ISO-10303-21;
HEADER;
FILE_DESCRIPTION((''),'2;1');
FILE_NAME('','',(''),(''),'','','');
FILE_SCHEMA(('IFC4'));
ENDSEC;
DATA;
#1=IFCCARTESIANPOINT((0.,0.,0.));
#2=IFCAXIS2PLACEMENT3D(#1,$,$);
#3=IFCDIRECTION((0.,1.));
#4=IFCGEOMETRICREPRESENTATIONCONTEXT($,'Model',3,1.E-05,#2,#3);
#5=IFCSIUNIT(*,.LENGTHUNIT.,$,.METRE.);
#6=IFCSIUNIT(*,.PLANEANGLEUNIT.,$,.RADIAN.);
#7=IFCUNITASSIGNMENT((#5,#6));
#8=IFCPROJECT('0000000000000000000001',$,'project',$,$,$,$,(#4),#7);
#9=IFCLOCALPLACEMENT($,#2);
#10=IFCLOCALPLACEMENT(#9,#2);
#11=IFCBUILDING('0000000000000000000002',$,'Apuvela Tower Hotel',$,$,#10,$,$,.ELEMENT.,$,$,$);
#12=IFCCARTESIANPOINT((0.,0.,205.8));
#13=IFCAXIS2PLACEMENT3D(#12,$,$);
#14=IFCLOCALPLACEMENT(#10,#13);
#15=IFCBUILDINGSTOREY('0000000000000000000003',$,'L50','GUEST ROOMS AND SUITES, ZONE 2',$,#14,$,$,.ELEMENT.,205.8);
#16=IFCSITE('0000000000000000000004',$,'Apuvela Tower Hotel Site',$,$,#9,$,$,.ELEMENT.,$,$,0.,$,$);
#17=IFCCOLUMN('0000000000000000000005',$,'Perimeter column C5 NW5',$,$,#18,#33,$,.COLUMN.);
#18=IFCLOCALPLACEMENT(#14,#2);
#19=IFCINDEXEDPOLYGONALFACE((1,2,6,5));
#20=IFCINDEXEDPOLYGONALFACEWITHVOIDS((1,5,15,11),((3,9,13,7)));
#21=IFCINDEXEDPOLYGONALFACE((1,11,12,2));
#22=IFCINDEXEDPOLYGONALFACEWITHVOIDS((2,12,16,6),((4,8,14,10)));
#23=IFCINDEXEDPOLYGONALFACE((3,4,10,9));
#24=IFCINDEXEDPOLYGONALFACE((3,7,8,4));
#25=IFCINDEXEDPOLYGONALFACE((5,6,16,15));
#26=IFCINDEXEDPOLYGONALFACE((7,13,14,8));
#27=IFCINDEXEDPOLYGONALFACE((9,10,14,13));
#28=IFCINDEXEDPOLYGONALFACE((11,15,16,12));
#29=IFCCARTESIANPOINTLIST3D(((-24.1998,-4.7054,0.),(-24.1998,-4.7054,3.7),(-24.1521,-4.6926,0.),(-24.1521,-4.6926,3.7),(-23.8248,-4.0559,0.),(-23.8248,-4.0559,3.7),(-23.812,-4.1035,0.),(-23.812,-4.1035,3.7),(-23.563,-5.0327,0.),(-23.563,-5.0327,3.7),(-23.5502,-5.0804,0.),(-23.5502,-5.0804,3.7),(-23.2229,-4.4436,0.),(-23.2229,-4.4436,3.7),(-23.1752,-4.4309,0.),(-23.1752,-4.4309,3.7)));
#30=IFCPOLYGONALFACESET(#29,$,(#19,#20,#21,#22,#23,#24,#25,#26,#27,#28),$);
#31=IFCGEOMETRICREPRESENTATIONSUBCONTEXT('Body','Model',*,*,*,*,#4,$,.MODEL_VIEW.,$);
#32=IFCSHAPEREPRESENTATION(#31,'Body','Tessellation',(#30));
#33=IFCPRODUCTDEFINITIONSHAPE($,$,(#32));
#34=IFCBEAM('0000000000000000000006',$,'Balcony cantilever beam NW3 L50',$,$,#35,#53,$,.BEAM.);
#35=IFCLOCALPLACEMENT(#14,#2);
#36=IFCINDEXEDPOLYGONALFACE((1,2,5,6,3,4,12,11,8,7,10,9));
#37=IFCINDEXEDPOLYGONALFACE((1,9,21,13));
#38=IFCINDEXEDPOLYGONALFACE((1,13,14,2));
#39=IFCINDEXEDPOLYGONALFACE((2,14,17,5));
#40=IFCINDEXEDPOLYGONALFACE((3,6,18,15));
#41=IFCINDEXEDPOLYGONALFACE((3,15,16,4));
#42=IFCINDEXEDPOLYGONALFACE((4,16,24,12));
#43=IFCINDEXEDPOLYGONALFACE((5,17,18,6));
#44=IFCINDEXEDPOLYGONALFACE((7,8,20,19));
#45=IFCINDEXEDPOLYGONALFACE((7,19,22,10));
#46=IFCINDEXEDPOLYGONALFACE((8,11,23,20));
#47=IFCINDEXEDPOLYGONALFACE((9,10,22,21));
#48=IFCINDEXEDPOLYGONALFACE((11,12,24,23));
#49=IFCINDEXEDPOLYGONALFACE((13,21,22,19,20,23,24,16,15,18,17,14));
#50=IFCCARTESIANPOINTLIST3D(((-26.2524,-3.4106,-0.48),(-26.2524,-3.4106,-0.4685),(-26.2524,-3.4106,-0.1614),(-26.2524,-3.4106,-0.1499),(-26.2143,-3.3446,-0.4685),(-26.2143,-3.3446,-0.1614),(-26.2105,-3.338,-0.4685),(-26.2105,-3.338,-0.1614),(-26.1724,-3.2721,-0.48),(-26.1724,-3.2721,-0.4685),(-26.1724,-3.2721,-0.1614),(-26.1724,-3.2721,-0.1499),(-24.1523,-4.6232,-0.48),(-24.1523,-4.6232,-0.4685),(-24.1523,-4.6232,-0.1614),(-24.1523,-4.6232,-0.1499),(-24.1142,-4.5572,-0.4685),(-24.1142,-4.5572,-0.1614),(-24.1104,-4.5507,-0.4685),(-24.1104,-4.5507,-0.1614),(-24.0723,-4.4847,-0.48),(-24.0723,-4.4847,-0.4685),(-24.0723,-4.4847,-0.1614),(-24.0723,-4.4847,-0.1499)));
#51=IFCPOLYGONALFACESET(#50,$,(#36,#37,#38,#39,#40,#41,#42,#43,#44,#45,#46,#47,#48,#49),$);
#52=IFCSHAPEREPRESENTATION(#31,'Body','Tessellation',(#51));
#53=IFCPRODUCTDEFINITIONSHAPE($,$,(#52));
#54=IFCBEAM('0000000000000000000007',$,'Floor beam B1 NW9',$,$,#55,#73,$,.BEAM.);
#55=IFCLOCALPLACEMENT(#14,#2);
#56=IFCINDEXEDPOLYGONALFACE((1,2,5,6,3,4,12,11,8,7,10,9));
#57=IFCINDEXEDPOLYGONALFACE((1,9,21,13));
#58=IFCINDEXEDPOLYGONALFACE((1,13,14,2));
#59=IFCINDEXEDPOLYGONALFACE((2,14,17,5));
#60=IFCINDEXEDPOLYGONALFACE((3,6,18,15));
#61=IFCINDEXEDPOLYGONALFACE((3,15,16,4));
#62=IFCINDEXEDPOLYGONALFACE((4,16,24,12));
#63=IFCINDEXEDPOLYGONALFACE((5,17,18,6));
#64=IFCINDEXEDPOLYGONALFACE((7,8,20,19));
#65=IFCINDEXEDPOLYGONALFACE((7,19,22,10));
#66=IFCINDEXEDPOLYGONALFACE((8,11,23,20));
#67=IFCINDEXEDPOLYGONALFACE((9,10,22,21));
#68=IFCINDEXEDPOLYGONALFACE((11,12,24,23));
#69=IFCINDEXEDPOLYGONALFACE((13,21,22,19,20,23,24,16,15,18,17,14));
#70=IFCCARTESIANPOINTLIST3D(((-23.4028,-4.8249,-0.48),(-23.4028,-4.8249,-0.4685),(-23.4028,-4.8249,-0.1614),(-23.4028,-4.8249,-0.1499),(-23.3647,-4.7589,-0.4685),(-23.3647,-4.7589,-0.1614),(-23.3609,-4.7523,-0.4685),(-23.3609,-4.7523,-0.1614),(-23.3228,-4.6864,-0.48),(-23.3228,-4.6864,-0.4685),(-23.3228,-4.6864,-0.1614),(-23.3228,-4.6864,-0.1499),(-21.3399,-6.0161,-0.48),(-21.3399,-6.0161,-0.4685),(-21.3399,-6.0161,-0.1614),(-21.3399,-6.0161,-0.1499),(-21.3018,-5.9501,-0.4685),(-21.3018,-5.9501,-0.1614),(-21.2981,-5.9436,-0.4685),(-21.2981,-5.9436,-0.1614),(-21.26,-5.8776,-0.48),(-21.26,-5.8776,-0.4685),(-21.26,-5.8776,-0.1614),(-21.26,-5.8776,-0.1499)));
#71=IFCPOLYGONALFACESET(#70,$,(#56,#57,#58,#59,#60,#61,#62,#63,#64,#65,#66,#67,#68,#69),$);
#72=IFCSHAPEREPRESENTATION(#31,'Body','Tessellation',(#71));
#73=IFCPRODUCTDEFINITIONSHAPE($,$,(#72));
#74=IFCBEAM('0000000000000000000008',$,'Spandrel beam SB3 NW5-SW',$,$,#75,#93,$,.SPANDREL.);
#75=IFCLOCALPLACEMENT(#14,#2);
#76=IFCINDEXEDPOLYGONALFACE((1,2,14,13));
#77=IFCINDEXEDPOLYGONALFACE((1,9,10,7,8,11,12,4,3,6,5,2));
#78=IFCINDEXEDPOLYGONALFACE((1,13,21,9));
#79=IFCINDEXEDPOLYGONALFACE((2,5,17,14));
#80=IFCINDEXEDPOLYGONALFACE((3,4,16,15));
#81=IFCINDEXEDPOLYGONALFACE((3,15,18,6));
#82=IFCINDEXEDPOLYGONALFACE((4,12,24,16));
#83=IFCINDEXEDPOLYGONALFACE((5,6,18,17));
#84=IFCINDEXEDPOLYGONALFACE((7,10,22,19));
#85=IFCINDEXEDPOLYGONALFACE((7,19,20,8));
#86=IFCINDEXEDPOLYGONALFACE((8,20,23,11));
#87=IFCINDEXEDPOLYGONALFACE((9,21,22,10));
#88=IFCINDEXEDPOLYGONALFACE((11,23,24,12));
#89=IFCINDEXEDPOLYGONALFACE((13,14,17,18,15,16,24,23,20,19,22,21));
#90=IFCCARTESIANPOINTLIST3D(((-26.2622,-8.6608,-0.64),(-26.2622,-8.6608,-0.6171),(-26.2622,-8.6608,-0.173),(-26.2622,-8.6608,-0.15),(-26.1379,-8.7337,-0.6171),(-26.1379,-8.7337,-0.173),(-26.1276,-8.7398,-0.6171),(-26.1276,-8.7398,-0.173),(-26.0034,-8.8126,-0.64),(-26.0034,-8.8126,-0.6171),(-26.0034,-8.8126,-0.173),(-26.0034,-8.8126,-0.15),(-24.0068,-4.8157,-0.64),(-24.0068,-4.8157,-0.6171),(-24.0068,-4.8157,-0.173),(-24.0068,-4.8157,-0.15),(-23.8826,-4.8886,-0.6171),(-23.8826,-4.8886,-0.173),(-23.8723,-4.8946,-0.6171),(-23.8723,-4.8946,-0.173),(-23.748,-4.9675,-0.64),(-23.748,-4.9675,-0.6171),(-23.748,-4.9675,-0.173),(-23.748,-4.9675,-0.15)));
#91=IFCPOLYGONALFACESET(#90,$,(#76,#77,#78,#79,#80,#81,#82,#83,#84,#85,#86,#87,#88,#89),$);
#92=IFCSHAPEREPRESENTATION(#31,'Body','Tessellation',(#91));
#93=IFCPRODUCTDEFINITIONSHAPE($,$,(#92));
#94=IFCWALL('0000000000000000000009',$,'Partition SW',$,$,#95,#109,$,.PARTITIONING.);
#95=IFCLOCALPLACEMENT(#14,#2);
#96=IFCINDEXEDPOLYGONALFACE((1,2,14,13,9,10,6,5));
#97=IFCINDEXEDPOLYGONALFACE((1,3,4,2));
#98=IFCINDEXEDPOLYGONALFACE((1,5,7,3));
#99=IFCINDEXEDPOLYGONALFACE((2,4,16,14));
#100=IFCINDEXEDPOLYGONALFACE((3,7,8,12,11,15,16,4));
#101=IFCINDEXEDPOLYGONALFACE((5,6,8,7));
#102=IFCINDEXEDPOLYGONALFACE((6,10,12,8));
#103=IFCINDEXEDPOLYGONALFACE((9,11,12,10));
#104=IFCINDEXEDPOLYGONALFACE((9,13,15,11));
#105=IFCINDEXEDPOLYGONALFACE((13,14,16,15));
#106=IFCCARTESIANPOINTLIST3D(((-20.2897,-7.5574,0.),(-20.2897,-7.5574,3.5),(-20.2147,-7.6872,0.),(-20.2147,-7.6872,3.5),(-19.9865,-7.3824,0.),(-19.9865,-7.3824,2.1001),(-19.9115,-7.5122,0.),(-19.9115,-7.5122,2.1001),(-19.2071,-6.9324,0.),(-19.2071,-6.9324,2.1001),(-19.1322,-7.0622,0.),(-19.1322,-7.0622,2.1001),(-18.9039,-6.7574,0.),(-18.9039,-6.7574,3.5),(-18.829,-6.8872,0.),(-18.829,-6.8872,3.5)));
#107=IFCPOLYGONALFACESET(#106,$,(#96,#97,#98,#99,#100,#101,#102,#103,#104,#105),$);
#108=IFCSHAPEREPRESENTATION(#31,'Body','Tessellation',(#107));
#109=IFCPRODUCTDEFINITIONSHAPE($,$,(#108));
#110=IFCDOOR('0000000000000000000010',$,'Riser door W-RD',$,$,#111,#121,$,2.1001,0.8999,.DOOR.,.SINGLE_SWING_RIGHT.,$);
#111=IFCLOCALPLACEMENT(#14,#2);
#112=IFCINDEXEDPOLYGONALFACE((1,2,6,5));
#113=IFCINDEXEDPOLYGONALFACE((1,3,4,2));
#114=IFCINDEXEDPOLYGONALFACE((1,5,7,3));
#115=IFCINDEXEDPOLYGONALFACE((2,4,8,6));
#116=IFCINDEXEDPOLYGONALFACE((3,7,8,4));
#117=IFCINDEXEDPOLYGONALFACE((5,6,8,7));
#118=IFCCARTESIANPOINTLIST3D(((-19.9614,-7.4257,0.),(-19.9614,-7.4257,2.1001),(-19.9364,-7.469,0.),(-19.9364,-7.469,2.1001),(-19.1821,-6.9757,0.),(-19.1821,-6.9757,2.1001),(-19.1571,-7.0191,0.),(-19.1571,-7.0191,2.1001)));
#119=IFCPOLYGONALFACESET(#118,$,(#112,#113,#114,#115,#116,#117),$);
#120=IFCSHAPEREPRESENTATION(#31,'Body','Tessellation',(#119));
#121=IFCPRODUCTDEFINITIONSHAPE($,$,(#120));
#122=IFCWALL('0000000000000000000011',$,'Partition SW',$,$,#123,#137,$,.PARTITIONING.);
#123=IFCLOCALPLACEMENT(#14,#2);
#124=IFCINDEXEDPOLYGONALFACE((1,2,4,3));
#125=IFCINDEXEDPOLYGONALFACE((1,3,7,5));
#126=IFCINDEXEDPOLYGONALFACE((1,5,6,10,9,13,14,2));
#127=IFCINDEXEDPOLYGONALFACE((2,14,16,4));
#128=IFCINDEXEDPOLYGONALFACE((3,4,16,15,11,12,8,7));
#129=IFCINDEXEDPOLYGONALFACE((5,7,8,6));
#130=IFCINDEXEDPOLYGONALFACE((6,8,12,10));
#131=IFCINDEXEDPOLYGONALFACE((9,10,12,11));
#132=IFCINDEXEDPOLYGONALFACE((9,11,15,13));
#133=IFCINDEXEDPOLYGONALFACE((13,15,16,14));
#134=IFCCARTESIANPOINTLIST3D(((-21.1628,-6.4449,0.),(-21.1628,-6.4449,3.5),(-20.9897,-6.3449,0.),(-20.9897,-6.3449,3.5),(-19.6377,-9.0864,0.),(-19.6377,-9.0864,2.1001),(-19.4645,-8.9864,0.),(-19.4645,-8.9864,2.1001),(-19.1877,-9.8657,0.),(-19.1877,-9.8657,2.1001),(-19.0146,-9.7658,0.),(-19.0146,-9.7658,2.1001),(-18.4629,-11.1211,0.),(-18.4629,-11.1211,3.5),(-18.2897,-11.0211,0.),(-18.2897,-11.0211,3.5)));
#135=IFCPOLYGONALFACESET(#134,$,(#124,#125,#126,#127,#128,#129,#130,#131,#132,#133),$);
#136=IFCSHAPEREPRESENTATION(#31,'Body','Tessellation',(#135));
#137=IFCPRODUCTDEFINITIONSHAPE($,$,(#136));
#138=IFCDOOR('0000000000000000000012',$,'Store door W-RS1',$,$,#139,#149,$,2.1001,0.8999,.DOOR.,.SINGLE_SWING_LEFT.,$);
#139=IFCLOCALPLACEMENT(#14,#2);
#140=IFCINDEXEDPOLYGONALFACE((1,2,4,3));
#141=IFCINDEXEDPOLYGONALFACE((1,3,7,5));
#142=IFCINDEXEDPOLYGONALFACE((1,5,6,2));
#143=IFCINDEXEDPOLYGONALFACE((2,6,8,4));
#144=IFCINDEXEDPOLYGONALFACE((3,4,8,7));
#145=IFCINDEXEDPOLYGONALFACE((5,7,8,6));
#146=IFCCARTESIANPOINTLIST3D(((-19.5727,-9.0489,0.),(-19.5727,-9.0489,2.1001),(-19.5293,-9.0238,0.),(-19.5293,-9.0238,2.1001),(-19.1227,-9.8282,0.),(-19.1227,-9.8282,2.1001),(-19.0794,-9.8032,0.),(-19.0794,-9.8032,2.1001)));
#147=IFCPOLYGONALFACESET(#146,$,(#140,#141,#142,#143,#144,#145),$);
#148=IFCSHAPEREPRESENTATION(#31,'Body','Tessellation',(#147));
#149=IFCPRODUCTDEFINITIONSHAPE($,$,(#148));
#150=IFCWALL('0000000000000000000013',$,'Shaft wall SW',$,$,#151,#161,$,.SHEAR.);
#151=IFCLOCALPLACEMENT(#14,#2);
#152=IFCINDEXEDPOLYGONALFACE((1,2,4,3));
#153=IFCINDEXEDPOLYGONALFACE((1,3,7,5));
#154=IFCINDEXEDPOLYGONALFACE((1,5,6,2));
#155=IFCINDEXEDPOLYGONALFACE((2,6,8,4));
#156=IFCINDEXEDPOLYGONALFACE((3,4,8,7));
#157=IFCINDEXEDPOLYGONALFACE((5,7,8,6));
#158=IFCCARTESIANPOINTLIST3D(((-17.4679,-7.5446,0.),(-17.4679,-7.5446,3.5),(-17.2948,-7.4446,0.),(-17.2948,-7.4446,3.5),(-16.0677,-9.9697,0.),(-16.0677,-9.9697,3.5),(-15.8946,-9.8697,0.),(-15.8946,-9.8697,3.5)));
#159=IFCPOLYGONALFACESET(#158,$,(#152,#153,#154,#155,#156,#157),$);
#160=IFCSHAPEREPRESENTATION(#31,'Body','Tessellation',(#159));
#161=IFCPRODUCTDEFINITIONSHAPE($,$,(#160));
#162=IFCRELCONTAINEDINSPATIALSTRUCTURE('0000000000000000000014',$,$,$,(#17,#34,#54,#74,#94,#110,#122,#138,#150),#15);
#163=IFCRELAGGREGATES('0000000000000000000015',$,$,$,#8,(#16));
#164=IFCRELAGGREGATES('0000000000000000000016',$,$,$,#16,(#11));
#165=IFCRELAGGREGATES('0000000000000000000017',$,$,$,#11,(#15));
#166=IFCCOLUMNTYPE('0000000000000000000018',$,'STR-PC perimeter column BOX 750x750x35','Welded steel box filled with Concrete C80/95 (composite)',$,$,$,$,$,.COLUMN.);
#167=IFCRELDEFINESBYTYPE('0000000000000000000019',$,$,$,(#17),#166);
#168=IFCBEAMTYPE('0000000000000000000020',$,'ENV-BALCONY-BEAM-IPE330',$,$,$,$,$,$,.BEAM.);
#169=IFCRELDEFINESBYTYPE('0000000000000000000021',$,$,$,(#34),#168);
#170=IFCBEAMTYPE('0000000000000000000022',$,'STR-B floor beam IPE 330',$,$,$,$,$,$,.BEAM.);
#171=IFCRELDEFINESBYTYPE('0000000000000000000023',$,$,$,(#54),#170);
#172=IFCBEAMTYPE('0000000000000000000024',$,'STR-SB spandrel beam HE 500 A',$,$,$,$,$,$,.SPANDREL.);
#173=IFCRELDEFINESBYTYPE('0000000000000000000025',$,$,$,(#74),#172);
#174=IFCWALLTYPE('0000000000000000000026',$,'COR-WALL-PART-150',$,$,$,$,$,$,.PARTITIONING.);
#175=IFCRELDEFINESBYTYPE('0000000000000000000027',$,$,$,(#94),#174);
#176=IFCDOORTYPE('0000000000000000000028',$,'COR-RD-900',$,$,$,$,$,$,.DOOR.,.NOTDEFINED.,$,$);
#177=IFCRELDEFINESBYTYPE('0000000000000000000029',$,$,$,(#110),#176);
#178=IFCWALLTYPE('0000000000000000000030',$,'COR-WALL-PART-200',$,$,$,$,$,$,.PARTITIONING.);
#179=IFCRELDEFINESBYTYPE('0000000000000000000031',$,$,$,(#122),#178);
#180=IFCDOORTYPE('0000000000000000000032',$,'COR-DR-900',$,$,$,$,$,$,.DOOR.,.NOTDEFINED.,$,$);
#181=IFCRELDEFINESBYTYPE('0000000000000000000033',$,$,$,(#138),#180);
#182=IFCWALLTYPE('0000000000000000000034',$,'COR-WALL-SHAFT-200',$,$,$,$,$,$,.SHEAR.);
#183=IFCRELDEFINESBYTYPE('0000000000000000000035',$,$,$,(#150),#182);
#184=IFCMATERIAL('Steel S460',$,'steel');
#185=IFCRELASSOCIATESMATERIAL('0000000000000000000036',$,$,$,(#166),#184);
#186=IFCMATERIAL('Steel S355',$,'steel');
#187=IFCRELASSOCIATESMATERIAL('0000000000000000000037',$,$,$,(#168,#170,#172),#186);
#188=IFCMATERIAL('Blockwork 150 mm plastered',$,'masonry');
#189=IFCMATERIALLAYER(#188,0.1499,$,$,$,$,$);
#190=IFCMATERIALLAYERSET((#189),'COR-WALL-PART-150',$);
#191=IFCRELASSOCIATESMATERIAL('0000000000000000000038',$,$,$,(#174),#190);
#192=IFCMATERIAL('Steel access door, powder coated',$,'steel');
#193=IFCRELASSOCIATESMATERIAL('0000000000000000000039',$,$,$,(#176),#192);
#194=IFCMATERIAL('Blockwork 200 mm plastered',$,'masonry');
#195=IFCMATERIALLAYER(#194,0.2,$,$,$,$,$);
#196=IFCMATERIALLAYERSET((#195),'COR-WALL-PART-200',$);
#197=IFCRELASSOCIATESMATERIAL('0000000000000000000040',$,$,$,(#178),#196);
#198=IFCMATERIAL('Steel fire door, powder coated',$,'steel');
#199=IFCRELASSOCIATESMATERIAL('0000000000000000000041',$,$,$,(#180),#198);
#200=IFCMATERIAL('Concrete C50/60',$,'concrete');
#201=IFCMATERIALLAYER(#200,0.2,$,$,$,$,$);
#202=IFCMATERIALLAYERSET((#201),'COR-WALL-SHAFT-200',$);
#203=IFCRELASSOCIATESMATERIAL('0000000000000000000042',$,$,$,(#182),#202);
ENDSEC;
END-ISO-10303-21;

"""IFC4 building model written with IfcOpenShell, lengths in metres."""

from ifc_helpers import new_model, si_unit, direction, frame, frame_2d, origin, origin_2d, place, context, subcontext, project, spatial, rectangle, hollow_rectangle, i_section, extrude, material, layer, layer_set, material_profile, profile_set, type_object, element, fill, save


model = new_model("IFC4")

# Units and contexts
model_context = context("Model", 3, precision=1e-05, world=origin(), true_north=direction((0.0, 1.0)))
body_context = subcontext(model_context, "Body", "Model", "MODEL_VIEW")
ifc_project = project(units=[si_unit("LENGTHUNIT", "METRE"), si_unit("PLANEANGLEUNIT", "RADIAN")], contexts=[model_context])

# Site, building, storey
site_placement = place(None, origin())
site = spatial("IfcSite", under=ifc_project, at=site_placement, Name="Apuvela Tower Hotel Site", CompositionType="ELEMENT", RefElevation=0.0)
building_placement = place(site_placement, origin())
building = spatial("IfcBuilding", under=site, at=building_placement, Name="Apuvela Tower Hotel", CompositionType="ELEMENT")
storey_placement = place(building_placement, frame((0.0, 0.0, 205.8)))
storey = spatial("IfcBuildingStorey", under=building, at=storey_placement, Name="L50", Description="GUEST ROOMS AND SUITES, ZONE 2", CompositionType="ELEMENT", Elevation=205.8)

# Column
ifc_material_1 = material(Name="Steel S460", Category="steel")
ifc_material_profile_1 = material_profile(ifc_material_1, hollow_rectangle(XDim=0.75, YDim=0.75, WallThickness=0.0349, at=origin_2d()), Name="BOX 750x750x35")
ifc_material_2 = material(Name="Concrete C80/95", Category="concrete")
ifc_material_profile_2 = material_profile(ifc_material_2, rectangle(XDim=0.6799, YDim=0.6799, at=origin_2d()), Name="Concrete C80/95 infill")
ifc_profile_set_1 = profile_set([ifc_material_profile_1, ifc_material_profile_2], Name="Steel S460")
column_type = type_object("IfcColumnType", Name="STR-PC perimeter column BOX 750x750x35", Description="Welded steel box filled with Concrete C80/95 (composite)", PredefinedType="COLUMN", material=ifc_profile_set_1)
column_placement = place(storey_placement, frame((-23.6875, -4.5681, 0.0), z_axis=(0.0, 0.0, 1.0), x_axis=(0.5, 0.866025, 0.0)))
element("IfcColumn", 1, at=column_placement, inside=storey, type_object=column_type, Name="Perimeter column C5 NW5", PredefinedType="COLUMN", context=body_context, shape_type="SweptSolid", body=[
    extrude(hollow_rectangle(XDim=0.75, YDim=0.75, WallThickness=0.0349, at=origin_2d()), origin(), (0.0, 0.0, 1.0), 3.7),
])

# Beams
ifc_material_3 = material(Name="Steel S355", Category="steel")
ifc_material_profile_3 = material_profile(ifc_material_3, i_section(OverallWidth=0.1599, OverallDepth=0.3301, WebThickness=0.0076, FlangeThickness=0.0115, at=origin_2d()), Name="IPE 330")
ifc_profile_set_2 = profile_set([ifc_material_profile_3], Name="Steel S355")
beam_type_1 = type_object("IfcBeamType", Name="ENV-BALCONY-BEAM-IPE330", PredefinedType="BEAM", material=ifc_profile_set_2)
beam_1_placement = place(storey_placement, frame((-24.1123, -4.554, -0.3149), z_axis=(-0.865998, 0.500048, 0.0), x_axis=(-0.500048, -0.865998, 0.0)))
element("IfcBeam", 2, at=beam_1_placement, inside=storey, type_object=beam_type_1, Name="Balcony cantilever beam NW3 L50", PredefinedType="BEAM", context=body_context, shape_type="SweptSolid", body=[
    extrude(i_section(OverallWidth=0.1599, OverallDepth=0.3301, WebThickness=0.0076, FlangeThickness=0.0115, at=origin_2d()), origin(), (0.0, 0.0, 1.0), 2.425),
])
ifc_material_profile_4 = material_profile(ifc_material_3, i_section(OverallWidth=0.1599, OverallDepth=0.3301, WebThickness=0.0076, FlangeThickness=0.0115, at=origin_2d()), Name="IPE 330")
ifc_profile_set_3 = profile_set([ifc_material_profile_4], Name="Steel S355")
beam_type_2 = type_object("IfcBeamType", Name="STR-B floor beam IPE 330", PredefinedType="BEAM", material=ifc_profile_set_3)
beam_2_placement = place(storey_placement, frame((-23.3628, -4.7556, -0.3149), z_axis=(0.865982, -0.500074, 0.0), x_axis=(0.500074, 0.865982, 0.0)))
element("IfcBeam", 3, at=beam_2_placement, inside=storey, type_object=beam_type_2, Name="Floor beam B1 NW9", PredefinedType="BEAM", context=body_context, shape_type="SweptSolid", body=[
    extrude(i_section(OverallWidth=0.1599, OverallDepth=0.3301, WebThickness=0.0076, FlangeThickness=0.0115, at=origin_2d()), origin(), (0.0, 0.0, 1.0), 2.3821),
])
ifc_material_profile_5 = material_profile(ifc_material_3, i_section(OverallWidth=0.3, OverallDepth=0.49, WebThickness=0.012, FlangeThickness=0.0229, at=origin_2d()), Name="HE 500 A")
ifc_profile_set_4 = profile_set([ifc_material_profile_5], Name="Steel S355")
beam_type_3 = type_object("IfcBeamType", Name="STR-SB spandrel beam HE 500 A", PredefinedType="SPANDREL", material=ifc_profile_set_4)
beam_3_placement = place(storey_placement, frame((-23.8774, -4.8916, -0.395), z_axis=(-0.505933, -0.862573, 0.0), x_axis=(0.862573, -0.505933, 0.0)))
element("IfcBeam", 4, at=beam_3_placement, inside=storey, type_object=beam_type_3, Name="Spandrel beam SB3 NW5-SW", PredefinedType="SPANDREL", context=body_context, shape_type="SweptSolid", body=[
    extrude(i_section(OverallWidth=0.3, OverallDepth=0.49, WebThickness=0.012, FlangeThickness=0.0229, at=origin_2d()), origin(), (0.0, 0.0, 1.0), 4.4578),
])

# Walls, openings, doors
ifc_material_4 = material(Name="Blockwork 150 mm plastered", Category="masonry")
ifc_layer_1 = layer(ifc_material_4, 0.1499)
ifc_layer_set_1 = layer_set([ifc_layer_1], Name="COR-WALL-PART-150")
wall_type_1 = type_object("IfcWallType", Name="COR-WALL-PART-150", PredefinedType="PARTITIONING", material=ifc_layer_set_1)
wall_1_placement = place(storey_placement, frame((-18.8665, -6.8223, 0.0), z_axis=(0.0, 0.0, 1.0), x_axis=(-0.866028, -0.499995, 0.0)))
wall_1 = element("IfcWall", 5, at=wall_1_placement, inside=storey, type_object=wall_type_1, Name="Partition SW", PredefinedType="PARTITIONING", context=body_context, shape_type="SweptSolid", body=[
    extrude(rectangle(XDim=1.6001, YDim=0.1499, at=frame_2d((0.8, 0.0))), origin(), (0.0, 0.0, 1.0), 3.5),
])
opening_1_placement = place(wall_1_placement, frame((0.3501, 0.0, 0.0)))
opening_1 = element("IfcOpeningElement", 6, at=opening_1_placement, cuts=wall_1, PredefinedType="OPENING", context=body_context, shape_type="SweptSolid", body=[
    extrude(rectangle(XDim=0.8999, YDim=2.1001, at=frame_2d((0.45, 1.05))), frame((0.0, 0.085, 0.0), z_axis=(0.0, -1.0, 0.0), x_axis=(1.0, 0.0, 0.0)), (0.0, 0.0, 1.0), 0.1699),
])
ifc_material_5 = material(Name="Steel access door, powder coated", Category="steel")
door_type_1 = type_object("IfcDoorType", Name="COR-RD-900", OperationType="NOTDEFINED", PredefinedType="DOOR", material=ifc_material_5)
door_1_placement = place(opening_1_placement, frame((0.8999, 0.0, 0.0), z_axis=(0.0, 0.0, 1.0), x_axis=(-1.0, 0.0, 0.0)))
door_1 = element("IfcDoor", 7, at=door_1_placement, inside=storey, type_object=door_type_1, Name="Riser door W-RD", OperationType="SINGLE_SWING_RIGHT", OverallHeight=2.1001, OverallWidth=0.8999, PredefinedType="DOOR", context=body_context, shape_type="SweptSolid", body=[
    extrude(rectangle(XDim=0.8999, YDim=2.1001, at=frame_2d((0.45, 1.05))), frame((0.0, 0.0249, 0.0), z_axis=(0.0, -1.0, 0.0), x_axis=(1.0, 0.0, 0.0)), (0.0, 0.0, 1.0), 0.05),
])
fill(opening_1, door_1)
ifc_material_6 = material(Name="Blockwork 200 mm plastered", Category="masonry")
ifc_layer_2 = layer(ifc_material_6, 0.2)
ifc_layer_set_2 = layer_set([ifc_layer_2], Name="COR-WALL-PART-200")
wall_type_2 = type_object("IfcWallType", Name="COR-WALL-PART-200", PredefinedType="PARTITIONING", material=ifc_layer_set_2)
wall_2_placement = place(storey_placement, frame((-21.0762, -6.395, 0.0), z_axis=(0.0, 0.0, 1.0), x_axis=(0.500015, -0.866017, 0.0)))
wall_2 = element("IfcWall", 8, at=wall_2_placement, inside=storey, type_object=wall_type_2, Name="Partition SW", PredefinedType="PARTITIONING", context=body_context, shape_type="SweptSolid", body=[
    extrude(rectangle(XDim=5.3997, YDim=0.2, at=frame_2d((2.6997, 0.0))), origin(), (0.0, 0.0, 1.0), 3.5),
])
opening_2_placement = place(wall_2_placement, frame((3.05, 0.0, 0.0)))
opening_2 = element("IfcOpeningElement", 9, at=opening_2_placement, cuts=wall_2, PredefinedType="OPENING", context=body_context, shape_type="SweptSolid", body=[
    extrude(rectangle(XDim=0.8999, YDim=2.1001, at=frame_2d((0.45, 1.05))), frame((0.0, 0.1099, 0.0), z_axis=(0.0, -1.0, 0.0), x_axis=(1.0, 0.0, 0.0)), (0.0, 0.0, 1.0), 0.22),
])
ifc_material_7 = material(Name="Steel fire door, powder coated", Category="steel")
door_type_2 = type_object("IfcDoorType", Name="COR-DR-900", OperationType="NOTDEFINED", PredefinedType="DOOR", material=ifc_material_7)
door_2_placement = place(opening_2_placement, frame((0.8999, 0.0, 0.0), z_axis=(0.0, 0.0, 1.0), x_axis=(-1.0, 0.0, 0.0)))
door_2 = element("IfcDoor", 10, at=door_2_placement, inside=storey, type_object=door_type_2, Name="Store door W-RS1", OperationType="SINGLE_SWING_LEFT", OverallHeight=2.1001, OverallWidth=0.8999, PredefinedType="DOOR", context=body_context, shape_type="SweptSolid", body=[
    extrude(rectangle(XDim=0.8999, YDim=2.1001, at=frame_2d((0.45, 1.05))), frame((0.0, 0.0249, 0.0), z_axis=(0.0, -1.0, 0.0), x_axis=(1.0, 0.0, 0.0)), (0.0, 0.0, 1.0), 0.05),
])
fill(opening_2, door_2)

# Wall
ifc_material_8 = material(Name="Concrete C50/60", Category="concrete")
ifc_layer_3 = layer(ifc_material_8, 0.2)
ifc_layer_set_3 = layer_set([ifc_layer_3], Name="COR-WALL-SHAFT-200")
wall_type_3 = type_object("IfcWallType", Name="COR-WALL-SHAFT-200", PredefinedType="SHEAR", material=ifc_layer_set_3)
wall_3_placement = place(storey_placement, frame((-17.3813, -7.4946, 0.0), z_axis=(0.0, 0.0, 1.0), x_axis=(0.500012, -0.866019, 0.0)))
element("IfcWall", 11, at=wall_3_placement, inside=storey, type_object=wall_type_3, Name="Shaft wall SW", PredefinedType="SHEAR", context=body_context, shape_type="SweptSolid", body=[
    extrude(rectangle(XDim=2.8003, YDim=0.2, at=frame_2d((1.4001, 0.0))), origin(), (0.0, 0.0, 1.0), 3.5),
])

save(model, "model.ifc")
